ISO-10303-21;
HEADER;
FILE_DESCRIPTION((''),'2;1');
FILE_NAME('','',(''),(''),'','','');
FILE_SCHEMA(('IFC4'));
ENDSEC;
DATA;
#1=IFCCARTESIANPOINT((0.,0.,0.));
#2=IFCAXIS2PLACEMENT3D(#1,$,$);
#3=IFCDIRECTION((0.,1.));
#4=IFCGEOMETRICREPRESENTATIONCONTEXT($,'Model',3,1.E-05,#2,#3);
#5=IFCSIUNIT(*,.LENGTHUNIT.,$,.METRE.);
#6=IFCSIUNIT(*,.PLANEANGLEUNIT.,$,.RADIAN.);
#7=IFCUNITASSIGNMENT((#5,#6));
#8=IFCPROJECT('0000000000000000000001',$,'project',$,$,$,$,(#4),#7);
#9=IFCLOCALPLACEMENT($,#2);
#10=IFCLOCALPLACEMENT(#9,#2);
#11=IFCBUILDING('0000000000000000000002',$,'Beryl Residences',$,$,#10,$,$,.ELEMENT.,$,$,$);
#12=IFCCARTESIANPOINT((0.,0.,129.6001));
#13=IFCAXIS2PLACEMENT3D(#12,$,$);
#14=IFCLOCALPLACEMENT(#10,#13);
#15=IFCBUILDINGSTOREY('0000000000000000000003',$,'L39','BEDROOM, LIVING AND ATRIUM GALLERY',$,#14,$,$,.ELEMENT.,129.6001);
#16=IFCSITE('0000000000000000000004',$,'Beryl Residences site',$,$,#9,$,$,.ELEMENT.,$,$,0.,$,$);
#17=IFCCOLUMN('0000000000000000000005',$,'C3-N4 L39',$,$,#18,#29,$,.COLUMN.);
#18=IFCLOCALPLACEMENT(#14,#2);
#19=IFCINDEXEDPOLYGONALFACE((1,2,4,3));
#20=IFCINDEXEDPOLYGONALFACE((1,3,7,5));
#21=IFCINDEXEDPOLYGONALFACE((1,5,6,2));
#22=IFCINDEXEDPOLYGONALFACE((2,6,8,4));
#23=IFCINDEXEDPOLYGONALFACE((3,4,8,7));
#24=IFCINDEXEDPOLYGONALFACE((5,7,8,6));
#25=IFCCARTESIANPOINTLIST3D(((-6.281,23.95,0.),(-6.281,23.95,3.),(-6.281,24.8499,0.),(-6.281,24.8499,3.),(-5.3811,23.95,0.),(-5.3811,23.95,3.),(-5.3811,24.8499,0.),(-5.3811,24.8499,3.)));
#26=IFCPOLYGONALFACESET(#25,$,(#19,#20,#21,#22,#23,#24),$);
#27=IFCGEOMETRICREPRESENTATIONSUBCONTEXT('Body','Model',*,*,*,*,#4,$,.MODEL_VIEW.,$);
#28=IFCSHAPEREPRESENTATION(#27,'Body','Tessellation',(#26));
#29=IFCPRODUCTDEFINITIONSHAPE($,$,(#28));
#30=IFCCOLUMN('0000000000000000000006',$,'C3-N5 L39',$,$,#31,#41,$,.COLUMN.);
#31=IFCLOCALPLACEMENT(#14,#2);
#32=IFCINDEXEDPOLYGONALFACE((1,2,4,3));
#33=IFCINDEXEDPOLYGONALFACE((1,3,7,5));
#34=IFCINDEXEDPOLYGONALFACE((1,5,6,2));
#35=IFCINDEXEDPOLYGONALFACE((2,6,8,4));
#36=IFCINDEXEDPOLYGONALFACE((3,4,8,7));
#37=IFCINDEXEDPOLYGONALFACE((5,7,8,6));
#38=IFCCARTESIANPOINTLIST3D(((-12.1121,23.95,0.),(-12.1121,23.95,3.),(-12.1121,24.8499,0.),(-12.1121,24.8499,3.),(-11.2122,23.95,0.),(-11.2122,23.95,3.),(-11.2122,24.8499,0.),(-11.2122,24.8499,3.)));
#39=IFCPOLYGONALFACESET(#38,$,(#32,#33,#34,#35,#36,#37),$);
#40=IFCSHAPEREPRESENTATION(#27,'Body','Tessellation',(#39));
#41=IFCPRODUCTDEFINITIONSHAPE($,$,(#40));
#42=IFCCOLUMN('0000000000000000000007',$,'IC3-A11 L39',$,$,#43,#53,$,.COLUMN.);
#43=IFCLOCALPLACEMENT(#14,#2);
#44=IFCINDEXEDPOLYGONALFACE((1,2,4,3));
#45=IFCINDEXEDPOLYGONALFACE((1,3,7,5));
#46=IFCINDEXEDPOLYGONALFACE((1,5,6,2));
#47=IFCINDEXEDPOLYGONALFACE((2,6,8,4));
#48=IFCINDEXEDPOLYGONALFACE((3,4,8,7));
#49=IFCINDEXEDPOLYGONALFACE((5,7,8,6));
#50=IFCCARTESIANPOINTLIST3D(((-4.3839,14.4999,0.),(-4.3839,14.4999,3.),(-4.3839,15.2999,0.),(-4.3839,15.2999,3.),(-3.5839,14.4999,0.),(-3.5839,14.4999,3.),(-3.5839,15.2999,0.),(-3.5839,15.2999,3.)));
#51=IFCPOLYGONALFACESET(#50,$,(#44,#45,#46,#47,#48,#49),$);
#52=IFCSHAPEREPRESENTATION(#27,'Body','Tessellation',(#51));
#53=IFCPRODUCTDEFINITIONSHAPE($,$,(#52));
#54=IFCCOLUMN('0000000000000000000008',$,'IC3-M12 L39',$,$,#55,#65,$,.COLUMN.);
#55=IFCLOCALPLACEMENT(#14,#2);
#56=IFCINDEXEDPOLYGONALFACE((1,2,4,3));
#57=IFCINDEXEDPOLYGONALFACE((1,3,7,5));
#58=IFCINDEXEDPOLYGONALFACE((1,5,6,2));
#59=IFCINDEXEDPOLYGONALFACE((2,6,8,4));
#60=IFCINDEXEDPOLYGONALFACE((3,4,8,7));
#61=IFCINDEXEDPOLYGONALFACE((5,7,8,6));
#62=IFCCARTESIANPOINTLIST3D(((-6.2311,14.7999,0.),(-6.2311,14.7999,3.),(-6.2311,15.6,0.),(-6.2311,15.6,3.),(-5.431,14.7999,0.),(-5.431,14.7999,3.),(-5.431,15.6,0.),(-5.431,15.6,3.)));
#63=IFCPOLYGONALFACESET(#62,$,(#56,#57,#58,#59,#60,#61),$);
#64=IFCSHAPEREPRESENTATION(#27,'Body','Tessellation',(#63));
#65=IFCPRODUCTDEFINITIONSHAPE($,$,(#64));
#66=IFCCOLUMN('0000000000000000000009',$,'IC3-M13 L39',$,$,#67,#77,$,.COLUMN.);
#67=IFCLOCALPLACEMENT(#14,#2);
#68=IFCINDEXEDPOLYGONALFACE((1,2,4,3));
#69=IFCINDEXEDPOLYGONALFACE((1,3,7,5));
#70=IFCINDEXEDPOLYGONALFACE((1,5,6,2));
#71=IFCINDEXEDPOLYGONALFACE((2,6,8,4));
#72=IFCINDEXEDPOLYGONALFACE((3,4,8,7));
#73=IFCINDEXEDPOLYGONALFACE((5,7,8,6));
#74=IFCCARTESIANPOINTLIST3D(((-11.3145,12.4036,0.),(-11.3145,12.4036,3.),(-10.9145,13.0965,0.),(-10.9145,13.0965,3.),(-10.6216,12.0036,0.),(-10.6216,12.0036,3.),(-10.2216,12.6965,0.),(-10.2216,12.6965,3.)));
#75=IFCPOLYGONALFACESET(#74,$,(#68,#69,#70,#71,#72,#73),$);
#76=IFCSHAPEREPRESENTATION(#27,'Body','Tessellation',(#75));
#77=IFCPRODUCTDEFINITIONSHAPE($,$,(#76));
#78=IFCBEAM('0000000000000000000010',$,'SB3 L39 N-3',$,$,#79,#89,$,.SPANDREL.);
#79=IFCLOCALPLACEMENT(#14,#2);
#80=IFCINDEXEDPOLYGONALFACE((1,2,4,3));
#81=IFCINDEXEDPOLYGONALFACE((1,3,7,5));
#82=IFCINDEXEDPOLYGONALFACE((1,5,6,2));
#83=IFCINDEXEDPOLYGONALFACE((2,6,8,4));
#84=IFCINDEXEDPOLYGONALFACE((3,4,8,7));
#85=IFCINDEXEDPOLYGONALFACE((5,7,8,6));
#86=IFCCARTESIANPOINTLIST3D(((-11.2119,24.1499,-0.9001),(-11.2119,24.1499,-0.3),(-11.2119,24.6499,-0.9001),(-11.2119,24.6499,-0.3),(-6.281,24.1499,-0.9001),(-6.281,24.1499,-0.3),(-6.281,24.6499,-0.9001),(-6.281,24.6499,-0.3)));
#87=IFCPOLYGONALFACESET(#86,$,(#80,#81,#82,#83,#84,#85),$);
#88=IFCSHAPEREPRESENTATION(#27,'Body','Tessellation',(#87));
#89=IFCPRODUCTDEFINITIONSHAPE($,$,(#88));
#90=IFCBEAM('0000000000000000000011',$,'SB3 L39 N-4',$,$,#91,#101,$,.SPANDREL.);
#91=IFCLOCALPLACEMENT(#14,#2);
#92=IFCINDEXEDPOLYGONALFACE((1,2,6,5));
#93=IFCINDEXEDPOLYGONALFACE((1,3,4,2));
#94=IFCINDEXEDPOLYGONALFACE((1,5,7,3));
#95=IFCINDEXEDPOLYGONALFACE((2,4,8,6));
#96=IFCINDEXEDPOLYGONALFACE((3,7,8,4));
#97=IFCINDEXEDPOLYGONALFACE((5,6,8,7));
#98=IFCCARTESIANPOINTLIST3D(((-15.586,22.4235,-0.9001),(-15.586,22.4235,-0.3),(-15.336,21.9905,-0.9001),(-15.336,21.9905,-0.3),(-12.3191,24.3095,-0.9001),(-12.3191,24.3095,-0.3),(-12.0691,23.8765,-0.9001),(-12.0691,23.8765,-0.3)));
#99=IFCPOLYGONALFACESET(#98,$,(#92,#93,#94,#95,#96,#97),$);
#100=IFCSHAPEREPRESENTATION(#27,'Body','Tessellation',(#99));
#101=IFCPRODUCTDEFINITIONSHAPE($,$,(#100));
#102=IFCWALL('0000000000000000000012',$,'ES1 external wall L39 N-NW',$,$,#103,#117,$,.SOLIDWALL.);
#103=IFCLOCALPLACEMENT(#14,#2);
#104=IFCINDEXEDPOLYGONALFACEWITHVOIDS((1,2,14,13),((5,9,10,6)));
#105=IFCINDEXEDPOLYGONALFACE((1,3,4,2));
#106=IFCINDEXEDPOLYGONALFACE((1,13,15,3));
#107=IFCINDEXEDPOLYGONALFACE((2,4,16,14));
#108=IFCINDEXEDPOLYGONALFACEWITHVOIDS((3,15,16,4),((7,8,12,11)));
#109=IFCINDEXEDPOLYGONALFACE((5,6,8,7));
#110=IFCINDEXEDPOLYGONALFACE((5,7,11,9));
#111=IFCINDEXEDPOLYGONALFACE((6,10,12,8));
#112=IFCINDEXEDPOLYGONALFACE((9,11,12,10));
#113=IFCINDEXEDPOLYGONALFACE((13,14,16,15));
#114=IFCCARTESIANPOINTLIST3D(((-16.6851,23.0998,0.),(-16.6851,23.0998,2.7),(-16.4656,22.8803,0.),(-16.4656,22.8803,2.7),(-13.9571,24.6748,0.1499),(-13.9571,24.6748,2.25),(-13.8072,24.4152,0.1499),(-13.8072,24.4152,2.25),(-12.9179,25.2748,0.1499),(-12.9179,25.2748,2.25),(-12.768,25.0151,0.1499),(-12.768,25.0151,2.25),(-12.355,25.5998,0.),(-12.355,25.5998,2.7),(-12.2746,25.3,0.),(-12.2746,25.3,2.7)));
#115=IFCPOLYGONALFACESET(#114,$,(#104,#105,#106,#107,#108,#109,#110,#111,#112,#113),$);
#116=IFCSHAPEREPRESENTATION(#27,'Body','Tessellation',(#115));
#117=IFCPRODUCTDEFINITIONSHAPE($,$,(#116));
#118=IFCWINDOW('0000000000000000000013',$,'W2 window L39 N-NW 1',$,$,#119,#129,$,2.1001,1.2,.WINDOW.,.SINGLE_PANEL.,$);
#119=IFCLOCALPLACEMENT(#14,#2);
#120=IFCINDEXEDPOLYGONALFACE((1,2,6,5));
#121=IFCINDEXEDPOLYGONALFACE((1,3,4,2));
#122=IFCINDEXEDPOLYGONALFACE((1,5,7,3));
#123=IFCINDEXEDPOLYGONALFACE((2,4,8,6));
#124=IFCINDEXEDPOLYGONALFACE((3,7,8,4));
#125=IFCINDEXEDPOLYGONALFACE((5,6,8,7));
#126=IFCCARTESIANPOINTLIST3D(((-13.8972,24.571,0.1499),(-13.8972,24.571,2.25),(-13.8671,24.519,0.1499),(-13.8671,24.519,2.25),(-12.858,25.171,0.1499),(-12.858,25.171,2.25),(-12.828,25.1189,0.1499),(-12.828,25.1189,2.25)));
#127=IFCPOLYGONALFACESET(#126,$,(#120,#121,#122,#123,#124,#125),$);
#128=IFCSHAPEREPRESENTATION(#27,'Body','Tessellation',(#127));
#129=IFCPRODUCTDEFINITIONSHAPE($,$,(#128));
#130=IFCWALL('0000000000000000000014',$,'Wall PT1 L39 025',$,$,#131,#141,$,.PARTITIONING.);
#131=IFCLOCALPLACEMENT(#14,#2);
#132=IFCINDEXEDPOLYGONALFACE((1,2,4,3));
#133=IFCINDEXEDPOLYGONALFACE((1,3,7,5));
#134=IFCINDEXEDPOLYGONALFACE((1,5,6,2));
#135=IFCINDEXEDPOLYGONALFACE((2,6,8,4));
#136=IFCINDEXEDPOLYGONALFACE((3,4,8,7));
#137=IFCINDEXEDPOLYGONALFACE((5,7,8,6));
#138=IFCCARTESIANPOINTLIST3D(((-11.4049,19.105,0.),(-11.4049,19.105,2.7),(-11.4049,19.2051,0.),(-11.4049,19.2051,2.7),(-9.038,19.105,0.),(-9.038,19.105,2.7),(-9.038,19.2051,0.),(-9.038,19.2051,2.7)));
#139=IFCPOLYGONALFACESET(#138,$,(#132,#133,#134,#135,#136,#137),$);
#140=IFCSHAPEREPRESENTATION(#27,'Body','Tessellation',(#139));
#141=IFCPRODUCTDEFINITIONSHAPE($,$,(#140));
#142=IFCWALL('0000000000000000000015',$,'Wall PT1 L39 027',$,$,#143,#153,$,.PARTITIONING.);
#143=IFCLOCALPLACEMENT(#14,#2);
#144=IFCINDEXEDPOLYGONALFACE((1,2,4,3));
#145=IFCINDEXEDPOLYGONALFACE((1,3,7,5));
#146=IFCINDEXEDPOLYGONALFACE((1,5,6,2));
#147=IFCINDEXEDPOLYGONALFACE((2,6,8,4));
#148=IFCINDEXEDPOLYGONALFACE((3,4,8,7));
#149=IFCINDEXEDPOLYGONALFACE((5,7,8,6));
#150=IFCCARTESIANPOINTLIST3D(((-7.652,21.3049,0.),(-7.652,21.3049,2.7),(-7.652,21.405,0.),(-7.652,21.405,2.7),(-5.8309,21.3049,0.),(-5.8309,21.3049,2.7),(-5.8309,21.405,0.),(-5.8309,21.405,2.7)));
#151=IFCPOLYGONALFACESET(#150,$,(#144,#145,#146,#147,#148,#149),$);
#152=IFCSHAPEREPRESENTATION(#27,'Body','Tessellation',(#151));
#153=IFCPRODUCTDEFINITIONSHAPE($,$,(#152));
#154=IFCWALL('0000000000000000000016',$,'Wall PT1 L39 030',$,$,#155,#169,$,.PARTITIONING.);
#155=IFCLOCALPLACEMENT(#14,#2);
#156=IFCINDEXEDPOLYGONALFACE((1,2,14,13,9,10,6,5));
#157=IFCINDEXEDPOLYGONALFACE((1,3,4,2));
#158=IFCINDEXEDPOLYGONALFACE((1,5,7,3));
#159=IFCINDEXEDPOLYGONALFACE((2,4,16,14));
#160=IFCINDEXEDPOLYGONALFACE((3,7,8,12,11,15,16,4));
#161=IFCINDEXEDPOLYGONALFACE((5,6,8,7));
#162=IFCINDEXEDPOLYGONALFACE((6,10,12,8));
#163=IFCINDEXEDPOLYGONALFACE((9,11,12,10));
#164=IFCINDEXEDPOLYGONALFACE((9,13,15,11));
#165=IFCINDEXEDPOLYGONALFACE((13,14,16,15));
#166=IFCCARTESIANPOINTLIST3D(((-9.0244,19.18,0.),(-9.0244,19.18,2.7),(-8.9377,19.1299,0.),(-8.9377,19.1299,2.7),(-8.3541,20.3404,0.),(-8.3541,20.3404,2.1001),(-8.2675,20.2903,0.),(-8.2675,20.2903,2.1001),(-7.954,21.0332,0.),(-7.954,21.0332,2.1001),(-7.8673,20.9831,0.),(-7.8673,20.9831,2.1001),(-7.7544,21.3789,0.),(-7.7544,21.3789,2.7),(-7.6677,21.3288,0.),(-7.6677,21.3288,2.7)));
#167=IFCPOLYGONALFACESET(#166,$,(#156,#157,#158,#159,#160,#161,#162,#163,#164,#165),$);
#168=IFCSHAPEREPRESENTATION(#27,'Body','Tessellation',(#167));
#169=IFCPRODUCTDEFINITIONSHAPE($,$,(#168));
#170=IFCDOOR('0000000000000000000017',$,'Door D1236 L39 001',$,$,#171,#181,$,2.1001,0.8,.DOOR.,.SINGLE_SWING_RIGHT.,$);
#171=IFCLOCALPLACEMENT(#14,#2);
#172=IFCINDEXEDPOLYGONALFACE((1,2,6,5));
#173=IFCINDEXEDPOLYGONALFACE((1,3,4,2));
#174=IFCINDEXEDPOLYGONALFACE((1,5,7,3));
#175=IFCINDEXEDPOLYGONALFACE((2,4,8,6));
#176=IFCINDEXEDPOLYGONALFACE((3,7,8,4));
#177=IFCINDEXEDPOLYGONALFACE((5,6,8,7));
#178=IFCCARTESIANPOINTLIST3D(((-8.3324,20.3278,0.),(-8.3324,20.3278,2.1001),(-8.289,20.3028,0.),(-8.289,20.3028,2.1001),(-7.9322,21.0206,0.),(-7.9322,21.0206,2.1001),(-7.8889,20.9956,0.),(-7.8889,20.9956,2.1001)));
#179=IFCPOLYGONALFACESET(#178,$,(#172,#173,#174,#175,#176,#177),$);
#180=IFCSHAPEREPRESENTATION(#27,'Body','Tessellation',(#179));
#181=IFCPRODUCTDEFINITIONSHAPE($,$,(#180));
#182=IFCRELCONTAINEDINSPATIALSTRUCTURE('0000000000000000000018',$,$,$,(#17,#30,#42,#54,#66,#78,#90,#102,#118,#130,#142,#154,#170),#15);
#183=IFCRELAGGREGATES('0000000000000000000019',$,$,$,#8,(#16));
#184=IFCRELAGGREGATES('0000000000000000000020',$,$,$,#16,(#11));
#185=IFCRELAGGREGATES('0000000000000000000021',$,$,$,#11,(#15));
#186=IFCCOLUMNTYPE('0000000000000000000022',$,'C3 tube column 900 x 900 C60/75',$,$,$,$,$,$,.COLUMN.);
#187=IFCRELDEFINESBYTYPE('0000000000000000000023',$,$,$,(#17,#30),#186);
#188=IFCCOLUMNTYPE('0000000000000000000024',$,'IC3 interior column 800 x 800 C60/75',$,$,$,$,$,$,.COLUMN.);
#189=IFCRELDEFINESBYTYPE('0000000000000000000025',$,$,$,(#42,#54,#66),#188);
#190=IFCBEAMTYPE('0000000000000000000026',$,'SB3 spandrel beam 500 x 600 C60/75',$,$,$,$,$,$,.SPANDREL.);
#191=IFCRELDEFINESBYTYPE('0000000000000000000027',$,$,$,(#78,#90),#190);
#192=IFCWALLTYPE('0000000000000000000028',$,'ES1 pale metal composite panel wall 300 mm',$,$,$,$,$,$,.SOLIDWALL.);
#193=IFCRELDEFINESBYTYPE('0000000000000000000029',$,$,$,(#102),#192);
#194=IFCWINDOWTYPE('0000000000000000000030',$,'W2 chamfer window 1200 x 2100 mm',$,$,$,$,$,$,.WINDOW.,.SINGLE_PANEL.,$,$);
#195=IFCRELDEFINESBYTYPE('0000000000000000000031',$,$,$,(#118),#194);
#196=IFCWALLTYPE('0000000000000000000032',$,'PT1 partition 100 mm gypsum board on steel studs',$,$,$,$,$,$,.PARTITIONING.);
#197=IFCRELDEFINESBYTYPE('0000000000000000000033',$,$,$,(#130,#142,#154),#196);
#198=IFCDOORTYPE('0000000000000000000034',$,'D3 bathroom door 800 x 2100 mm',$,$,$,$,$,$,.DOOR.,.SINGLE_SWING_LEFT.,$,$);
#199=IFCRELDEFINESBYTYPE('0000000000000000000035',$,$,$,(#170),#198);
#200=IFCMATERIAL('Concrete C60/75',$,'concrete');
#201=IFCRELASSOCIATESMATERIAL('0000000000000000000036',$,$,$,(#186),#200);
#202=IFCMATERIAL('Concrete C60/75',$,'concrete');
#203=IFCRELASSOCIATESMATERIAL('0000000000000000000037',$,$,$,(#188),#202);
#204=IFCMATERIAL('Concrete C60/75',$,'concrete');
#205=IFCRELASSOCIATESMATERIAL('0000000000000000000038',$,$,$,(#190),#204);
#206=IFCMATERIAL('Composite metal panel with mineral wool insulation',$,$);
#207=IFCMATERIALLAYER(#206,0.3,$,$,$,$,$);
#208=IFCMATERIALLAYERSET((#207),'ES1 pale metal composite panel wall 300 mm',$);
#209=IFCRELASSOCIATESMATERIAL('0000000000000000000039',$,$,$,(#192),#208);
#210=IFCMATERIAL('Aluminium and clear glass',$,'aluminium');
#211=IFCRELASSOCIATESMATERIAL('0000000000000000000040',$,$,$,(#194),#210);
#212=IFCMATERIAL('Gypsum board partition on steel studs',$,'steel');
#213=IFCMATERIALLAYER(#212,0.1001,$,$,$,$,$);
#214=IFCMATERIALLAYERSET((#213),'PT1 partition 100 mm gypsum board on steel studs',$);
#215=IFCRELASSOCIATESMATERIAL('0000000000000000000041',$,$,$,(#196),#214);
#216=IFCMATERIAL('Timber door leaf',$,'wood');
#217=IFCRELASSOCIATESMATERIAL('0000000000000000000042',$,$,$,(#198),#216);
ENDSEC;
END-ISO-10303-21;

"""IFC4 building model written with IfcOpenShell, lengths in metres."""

from ifc_helpers import new_model, si_unit, direction, frame, frame_2d, origin, origin_2d, place, context, subcontext, project, spatial, polyline, rectangle, outline, extrude, material, layer, layer_set, material_profile, profile_set, type_object, element, fill, save


model = new_model("IFC4")

# Units and contexts
model_context = context("Model", 3, precision=1e-05, world=origin(), true_north=direction((0.0, 1.0)))
body_context = subcontext(model_context, "Body", "Model", "MODEL_VIEW")
ifc_project = project(units=[si_unit("LENGTHUNIT", "METRE"), si_unit("PLANEANGLEUNIT", "RADIAN")], contexts=[model_context])

# Site, building, storey
site_placement = place(None, origin())
site = spatial("IfcSite", under=ifc_project, at=site_placement, Name="Beryl Residences site", CompositionType="ELEMENT", RefElevation=0.0)
building_placement = place(site_placement, origin())
building = spatial("IfcBuilding", under=site, at=building_placement, Name="Beryl Residences", CompositionType="ELEMENT")
storey_placement = place(building_placement, frame((0.0, 0.0, 129.6001)))
storey = spatial("IfcBuildingStorey", under=building, at=storey_placement, Name="L39", Description="BEDROOM, LIVING AND ATRIUM GALLERY", CompositionType="ELEMENT", Elevation=129.6001)

# Columns
ifc_material_1 = material(Name="Concrete C60/75", Category="concrete")
ifc_material_profile_1 = material_profile(ifc_material_1, rectangle(XDim=0.8999, YDim=0.8999, at=origin_2d()))
ifc_profile_set_1 = profile_set([ifc_material_profile_1], Name="Concrete C60/75")
column_type_1 = type_object("IfcColumnType", Name="C3 tube column 900 x 900 C60/75", PredefinedType="COLUMN", material=ifc_profile_set_1)
for number, where, z_axis, x_axis, name in (
    (1, (-5.8311, 24.3999, 0.0), (0.0, 0.0, 1.0), (-1.0, 0.0, 0.0), "C3-N4 L39"),
    (2, (-11.6621, 24.3999, 0.0), (0.0, 0.0, 1.0), (-1.0, 0.0, 0.0), "C3-N5 L39"),
):
    element("IfcColumn", number, at=place(storey_placement, frame(where, z_axis=z_axis, x_axis=x_axis)), inside=storey, type_object=column_type_1, Name=name, PredefinedType="COLUMN", context=body_context, shape_type="SweptSolid", body=[
        extrude(rectangle(XDim=0.8999, YDim=0.8999, at=origin_2d()), origin(), (0.0, 0.0, 1.0), 3.0),
    ])
ifc_material_2 = material(Name="Concrete C60/75", Category="concrete")
ifc_material_profile_2 = material_profile(ifc_material_2, rectangle(XDim=0.8, YDim=0.8, at=origin_2d()))
ifc_profile_set_2 = profile_set([ifc_material_profile_2], Name="Concrete C60/75")
column_type_2 = type_object("IfcColumnType", Name="IC3 interior column 800 x 800 C60/75", PredefinedType="COLUMN", material=ifc_profile_set_2)
for number, where, z_axis, x_axis, name in (
    (3, (-3.9839, 14.8999, 0.0), (0.0, 0.0, 1.0), (1.0, 0.0, 0.0), "IC3-A11 L39"),
    (4, (-5.8311, 15.2, 0.0), (0.0, 0.0, 1.0), (-1.0, 0.0, 0.0), "IC3-M12 L39"),
    (5, (-10.7681, 12.55, 0.0), (0.0, 0.0, 1.0), (-0.5, -0.866025, 0.0), "IC3-M13 L39"),
):
    element("IfcColumn", number, at=place(storey_placement, frame(where, z_axis=z_axis, x_axis=x_axis)), inside=storey, type_object=column_type_2, Name=name, PredefinedType="COLUMN", context=body_context, shape_type="SweptSolid", body=[
        extrude(rectangle(XDim=0.8, YDim=0.8, at=origin_2d()), origin(), (0.0, 0.0, 1.0), 3.0),
    ])

# Beams
ifc_material_3 = material(Name="Concrete C60/75", Category="concrete")
ifc_material_profile_3 = material_profile(ifc_material_3, rectangle(XDim=0.5, YDim=0.6001, at=origin_2d()))
ifc_profile_set_3 = profile_set([ifc_material_profile_3], Name="Concrete C60/75")
beam_type = type_object("IfcBeamType", Name="SB3 spandrel beam 500 x 600 C60/75", PredefinedType="SPANDREL", material=ifc_profile_set_3)
beam_1_placement = place(storey_placement, frame((-6.281, 24.3999, -0.6001), z_axis=(-1.0, 0.0, 0.0), x_axis=(0.0, -1.0, 0.0)))
element("IfcBeam", 6, at=beam_1_placement, inside=storey, type_object=beam_type, Name="SB3 L39 N-3", PredefinedType="SPANDREL", context=body_context, shape_type="SweptSolid", body=[
    extrude(rectangle(XDim=0.5, YDim=0.6001, at=origin_2d()), origin(), (0.0, 0.0, 1.0), 4.9309),
])
beam_2_placement = place(storey_placement, frame((-12.1941, 24.093, -0.6001), z_axis=(-0.86604, -0.499975, 0.0), x_axis=(0.499975, -0.86604, 0.0)))
element("IfcBeam", 7, at=beam_2_placement, inside=storey, type_object=beam_type, Name="SB3 L39 N-4", PredefinedType="SPANDREL", context=body_context, shape_type="SweptSolid", body=[
    extrude(rectangle(XDim=0.5, YDim=0.6001, at=origin_2d()), origin(), (0.0, 0.0, 1.0), 3.7722),
])

# Wall, opening, window
ifc_material_4 = material(Name="Composite metal panel with mineral wool insulation")
ifc_layer_1 = layer(ifc_material_4, 0.3)
ifc_layer_set_1 = layer_set([ifc_layer_1], Name="ES1 pale metal composite panel wall 300 mm")
wall_type_1 = type_object("IfcWallType", Name="ES1 pale metal composite panel wall 300 mm", PredefinedType="SOLIDWALL", material=ifc_layer_set_1)
wall_1_placement = place(storey_placement, frame((-12.28, 25.47, 0.0), z_axis=(0.0, 0.0, 1.0), x_axis=(-0.866023, -0.500004, 0.0)))
wall_1 = element("IfcWall", 8, at=wall_1_placement, inside=storey, type_object=wall_type_1, Name="ES1 external wall L39 N-NW", PredefinedType="SOLIDWALL", context=body_context, shape_type="SweptSolid", body=[
    extrude(outline(polyline([(0.0, -0.1499), (5.0, -0.1499), (4.9197, 0.1499), (0.0803, 0.1499), (0.0, -0.1499)])), origin(), (0.0, 0.0, 1.0), 2.7),
])
opening_1_placement = place(wall_1_placement, frame((0.6499, 0.0, 0.1499)))
opening_1 = element("IfcOpeningElement", 9, at=opening_1_placement, cuts=wall_1, PredefinedType="OPENING", context=body_context, shape_type="SweptSolid", body=[
    extrude(rectangle(XDim=1.2, YDim=2.1001, at=frame_2d((0.6001, 1.05))), frame((0.0, 0.1599, 0.0), z_axis=(0.0, -1.0, 0.0), x_axis=(1.0, 0.0, 0.0)), (0.0, 0.0, 1.0), 0.3201),
])
ifc_material_5 = material(Name="Aluminium and clear glass", Category="aluminium")
window_type = type_object("IfcWindowType", Name="W2 chamfer window 1200 x 2100 mm", PartitioningType="SINGLE_PANEL", PredefinedType="WINDOW", material=ifc_material_5)
window_placement = place(opening_1_placement, origin())
window = element("IfcWindow", 10, at=window_placement, inside=storey, type_object=window_type, Name="W2 window L39 N-NW 1", OverallHeight=2.1001, OverallWidth=1.2, PartitioningType="SINGLE_PANEL", PredefinedType="WINDOW", context=body_context, shape_type="SweptSolid", body=[
    extrude(rectangle(XDim=1.2, YDim=2.1001, at=frame_2d((0.6001, 1.05))), frame((0.0, 0.03, 0.0), z_axis=(0.0, -1.0, 0.0), x_axis=(1.0, 0.0, 0.0)), (0.0, 0.0, 1.0), 0.0601),
])
fill(opening_1, window)

# Walls
ifc_material_6 = material(Name="Gypsum board partition on steel studs", Category="steel")
ifc_layer_2 = layer(ifc_material_6, 0.1001)
ifc_layer_set_2 = layer_set([ifc_layer_2], Name="PT1 partition 100 mm gypsum board on steel studs")
wall_type_2 = type_object("IfcWallType", Name="PT1 partition 100 mm gypsum board on steel studs", PredefinedType="PARTITIONING", material=ifc_layer_set_2)
wall_2_placement = place(storey_placement, frame((-11.405, 19.155, 0.0), z_axis=(0.0, 0.0, 1.0), x_axis=(1.0, 0.0, 0.0)))
element("IfcWall", 11, at=wall_2_placement, inside=storey, type_object=wall_type_2, Name="Wall PT1 L39 025", PredefinedType="PARTITIONING", context=body_context, shape_type="SweptSolid", body=[
    extrude(rectangle(XDim=2.3669, YDim=0.1001, at=frame_2d((1.1836, 0.0))), origin(), (0.0, 0.0, 1.0), 2.7),
])
wall_3_placement = place(storey_placement, frame((-7.6521, 21.355, 0.0), z_axis=(0.0, 0.0, 1.0), x_axis=(1.0, 0.0, 0.0)))
element("IfcWall", 12, at=wall_3_placement, inside=storey, type_object=wall_type_2, Name="Wall PT1 L39 027", PredefinedType="PARTITIONING", context=body_context, shape_type="SweptSolid", body=[
    extrude(rectangle(XDim=1.821, YDim=0.1001, at=frame_2d((0.9106, 0.0))), origin(), (0.0, 0.0, 1.0), 2.7),
])

# Wall, opening, door
wall_4_placement = place(storey_placement, frame((-8.981, 19.155, 0.0), z_axis=(0.0, 0.0, 1.0), x_axis=(0.50013, 0.86595, 0.0)))
wall_4 = element("IfcWall", 13, at=wall_4_placement, inside=storey, type_object=wall_type_2, Name="Wall PT1 L39 030", PredefinedType="PARTITIONING", context=body_context, shape_type="SweptSolid", body=[
    extrude(rectangle(XDim=2.5393, YDim=0.1001, at=frame_2d((1.2695, 0.0))), origin(), (0.0, 0.0, 1.0), 2.7),
])
opening_2_placement = place(wall_4_placement, frame((1.3401, 0.0, 0.0)))
opening_2 = element("IfcOpeningElement", 14, at=opening_2_placement, cuts=wall_4, PredefinedType="OPENING", context=body_context, shape_type="SweptSolid", body=[
    extrude(rectangle(XDim=0.8, YDim=2.1001, at=frame_2d((0.3999, 1.05))), frame((0.0, 0.0601, 0.0), z_axis=(0.0, -1.0, 0.0), x_axis=(1.0, 0.0, 0.0)), (0.0, 0.0, 1.0), 0.1201),
])
ifc_material_7 = material(Name="Timber door leaf", Category="wood")
door_type_1 = type_object("IfcDoorType", Name="D3 bathroom door 800 x 2100 mm", OperationType="SINGLE_SWING_LEFT", PredefinedType="DOOR", material=ifc_material_7)
door_1_placement = place(opening_2_placement, origin())
door_1 = element("IfcDoor", 15, at=door_1_placement, inside=storey, type_object=door_type_1, Name="Door D1236 L39 001", OperationType="SINGLE_SWING_RIGHT", OverallHeight=2.1001, OverallWidth=0.8, PredefinedType="DOOR", context=body_context, shape_type="SweptSolid", body=[
    extrude(rectangle(XDim=0.8, YDim=2.1001, at=frame_2d((0.3999, 1.05))), frame((0.0, 0.0249, 0.0), z_axis=(0.0, -1.0, 0.0), x_axis=(1.0, 0.0, 0.0)), (0.0, 0.0, 1.0), 0.05),
])
fill(opening_2, door_1)

save(model, "model.ifc")
